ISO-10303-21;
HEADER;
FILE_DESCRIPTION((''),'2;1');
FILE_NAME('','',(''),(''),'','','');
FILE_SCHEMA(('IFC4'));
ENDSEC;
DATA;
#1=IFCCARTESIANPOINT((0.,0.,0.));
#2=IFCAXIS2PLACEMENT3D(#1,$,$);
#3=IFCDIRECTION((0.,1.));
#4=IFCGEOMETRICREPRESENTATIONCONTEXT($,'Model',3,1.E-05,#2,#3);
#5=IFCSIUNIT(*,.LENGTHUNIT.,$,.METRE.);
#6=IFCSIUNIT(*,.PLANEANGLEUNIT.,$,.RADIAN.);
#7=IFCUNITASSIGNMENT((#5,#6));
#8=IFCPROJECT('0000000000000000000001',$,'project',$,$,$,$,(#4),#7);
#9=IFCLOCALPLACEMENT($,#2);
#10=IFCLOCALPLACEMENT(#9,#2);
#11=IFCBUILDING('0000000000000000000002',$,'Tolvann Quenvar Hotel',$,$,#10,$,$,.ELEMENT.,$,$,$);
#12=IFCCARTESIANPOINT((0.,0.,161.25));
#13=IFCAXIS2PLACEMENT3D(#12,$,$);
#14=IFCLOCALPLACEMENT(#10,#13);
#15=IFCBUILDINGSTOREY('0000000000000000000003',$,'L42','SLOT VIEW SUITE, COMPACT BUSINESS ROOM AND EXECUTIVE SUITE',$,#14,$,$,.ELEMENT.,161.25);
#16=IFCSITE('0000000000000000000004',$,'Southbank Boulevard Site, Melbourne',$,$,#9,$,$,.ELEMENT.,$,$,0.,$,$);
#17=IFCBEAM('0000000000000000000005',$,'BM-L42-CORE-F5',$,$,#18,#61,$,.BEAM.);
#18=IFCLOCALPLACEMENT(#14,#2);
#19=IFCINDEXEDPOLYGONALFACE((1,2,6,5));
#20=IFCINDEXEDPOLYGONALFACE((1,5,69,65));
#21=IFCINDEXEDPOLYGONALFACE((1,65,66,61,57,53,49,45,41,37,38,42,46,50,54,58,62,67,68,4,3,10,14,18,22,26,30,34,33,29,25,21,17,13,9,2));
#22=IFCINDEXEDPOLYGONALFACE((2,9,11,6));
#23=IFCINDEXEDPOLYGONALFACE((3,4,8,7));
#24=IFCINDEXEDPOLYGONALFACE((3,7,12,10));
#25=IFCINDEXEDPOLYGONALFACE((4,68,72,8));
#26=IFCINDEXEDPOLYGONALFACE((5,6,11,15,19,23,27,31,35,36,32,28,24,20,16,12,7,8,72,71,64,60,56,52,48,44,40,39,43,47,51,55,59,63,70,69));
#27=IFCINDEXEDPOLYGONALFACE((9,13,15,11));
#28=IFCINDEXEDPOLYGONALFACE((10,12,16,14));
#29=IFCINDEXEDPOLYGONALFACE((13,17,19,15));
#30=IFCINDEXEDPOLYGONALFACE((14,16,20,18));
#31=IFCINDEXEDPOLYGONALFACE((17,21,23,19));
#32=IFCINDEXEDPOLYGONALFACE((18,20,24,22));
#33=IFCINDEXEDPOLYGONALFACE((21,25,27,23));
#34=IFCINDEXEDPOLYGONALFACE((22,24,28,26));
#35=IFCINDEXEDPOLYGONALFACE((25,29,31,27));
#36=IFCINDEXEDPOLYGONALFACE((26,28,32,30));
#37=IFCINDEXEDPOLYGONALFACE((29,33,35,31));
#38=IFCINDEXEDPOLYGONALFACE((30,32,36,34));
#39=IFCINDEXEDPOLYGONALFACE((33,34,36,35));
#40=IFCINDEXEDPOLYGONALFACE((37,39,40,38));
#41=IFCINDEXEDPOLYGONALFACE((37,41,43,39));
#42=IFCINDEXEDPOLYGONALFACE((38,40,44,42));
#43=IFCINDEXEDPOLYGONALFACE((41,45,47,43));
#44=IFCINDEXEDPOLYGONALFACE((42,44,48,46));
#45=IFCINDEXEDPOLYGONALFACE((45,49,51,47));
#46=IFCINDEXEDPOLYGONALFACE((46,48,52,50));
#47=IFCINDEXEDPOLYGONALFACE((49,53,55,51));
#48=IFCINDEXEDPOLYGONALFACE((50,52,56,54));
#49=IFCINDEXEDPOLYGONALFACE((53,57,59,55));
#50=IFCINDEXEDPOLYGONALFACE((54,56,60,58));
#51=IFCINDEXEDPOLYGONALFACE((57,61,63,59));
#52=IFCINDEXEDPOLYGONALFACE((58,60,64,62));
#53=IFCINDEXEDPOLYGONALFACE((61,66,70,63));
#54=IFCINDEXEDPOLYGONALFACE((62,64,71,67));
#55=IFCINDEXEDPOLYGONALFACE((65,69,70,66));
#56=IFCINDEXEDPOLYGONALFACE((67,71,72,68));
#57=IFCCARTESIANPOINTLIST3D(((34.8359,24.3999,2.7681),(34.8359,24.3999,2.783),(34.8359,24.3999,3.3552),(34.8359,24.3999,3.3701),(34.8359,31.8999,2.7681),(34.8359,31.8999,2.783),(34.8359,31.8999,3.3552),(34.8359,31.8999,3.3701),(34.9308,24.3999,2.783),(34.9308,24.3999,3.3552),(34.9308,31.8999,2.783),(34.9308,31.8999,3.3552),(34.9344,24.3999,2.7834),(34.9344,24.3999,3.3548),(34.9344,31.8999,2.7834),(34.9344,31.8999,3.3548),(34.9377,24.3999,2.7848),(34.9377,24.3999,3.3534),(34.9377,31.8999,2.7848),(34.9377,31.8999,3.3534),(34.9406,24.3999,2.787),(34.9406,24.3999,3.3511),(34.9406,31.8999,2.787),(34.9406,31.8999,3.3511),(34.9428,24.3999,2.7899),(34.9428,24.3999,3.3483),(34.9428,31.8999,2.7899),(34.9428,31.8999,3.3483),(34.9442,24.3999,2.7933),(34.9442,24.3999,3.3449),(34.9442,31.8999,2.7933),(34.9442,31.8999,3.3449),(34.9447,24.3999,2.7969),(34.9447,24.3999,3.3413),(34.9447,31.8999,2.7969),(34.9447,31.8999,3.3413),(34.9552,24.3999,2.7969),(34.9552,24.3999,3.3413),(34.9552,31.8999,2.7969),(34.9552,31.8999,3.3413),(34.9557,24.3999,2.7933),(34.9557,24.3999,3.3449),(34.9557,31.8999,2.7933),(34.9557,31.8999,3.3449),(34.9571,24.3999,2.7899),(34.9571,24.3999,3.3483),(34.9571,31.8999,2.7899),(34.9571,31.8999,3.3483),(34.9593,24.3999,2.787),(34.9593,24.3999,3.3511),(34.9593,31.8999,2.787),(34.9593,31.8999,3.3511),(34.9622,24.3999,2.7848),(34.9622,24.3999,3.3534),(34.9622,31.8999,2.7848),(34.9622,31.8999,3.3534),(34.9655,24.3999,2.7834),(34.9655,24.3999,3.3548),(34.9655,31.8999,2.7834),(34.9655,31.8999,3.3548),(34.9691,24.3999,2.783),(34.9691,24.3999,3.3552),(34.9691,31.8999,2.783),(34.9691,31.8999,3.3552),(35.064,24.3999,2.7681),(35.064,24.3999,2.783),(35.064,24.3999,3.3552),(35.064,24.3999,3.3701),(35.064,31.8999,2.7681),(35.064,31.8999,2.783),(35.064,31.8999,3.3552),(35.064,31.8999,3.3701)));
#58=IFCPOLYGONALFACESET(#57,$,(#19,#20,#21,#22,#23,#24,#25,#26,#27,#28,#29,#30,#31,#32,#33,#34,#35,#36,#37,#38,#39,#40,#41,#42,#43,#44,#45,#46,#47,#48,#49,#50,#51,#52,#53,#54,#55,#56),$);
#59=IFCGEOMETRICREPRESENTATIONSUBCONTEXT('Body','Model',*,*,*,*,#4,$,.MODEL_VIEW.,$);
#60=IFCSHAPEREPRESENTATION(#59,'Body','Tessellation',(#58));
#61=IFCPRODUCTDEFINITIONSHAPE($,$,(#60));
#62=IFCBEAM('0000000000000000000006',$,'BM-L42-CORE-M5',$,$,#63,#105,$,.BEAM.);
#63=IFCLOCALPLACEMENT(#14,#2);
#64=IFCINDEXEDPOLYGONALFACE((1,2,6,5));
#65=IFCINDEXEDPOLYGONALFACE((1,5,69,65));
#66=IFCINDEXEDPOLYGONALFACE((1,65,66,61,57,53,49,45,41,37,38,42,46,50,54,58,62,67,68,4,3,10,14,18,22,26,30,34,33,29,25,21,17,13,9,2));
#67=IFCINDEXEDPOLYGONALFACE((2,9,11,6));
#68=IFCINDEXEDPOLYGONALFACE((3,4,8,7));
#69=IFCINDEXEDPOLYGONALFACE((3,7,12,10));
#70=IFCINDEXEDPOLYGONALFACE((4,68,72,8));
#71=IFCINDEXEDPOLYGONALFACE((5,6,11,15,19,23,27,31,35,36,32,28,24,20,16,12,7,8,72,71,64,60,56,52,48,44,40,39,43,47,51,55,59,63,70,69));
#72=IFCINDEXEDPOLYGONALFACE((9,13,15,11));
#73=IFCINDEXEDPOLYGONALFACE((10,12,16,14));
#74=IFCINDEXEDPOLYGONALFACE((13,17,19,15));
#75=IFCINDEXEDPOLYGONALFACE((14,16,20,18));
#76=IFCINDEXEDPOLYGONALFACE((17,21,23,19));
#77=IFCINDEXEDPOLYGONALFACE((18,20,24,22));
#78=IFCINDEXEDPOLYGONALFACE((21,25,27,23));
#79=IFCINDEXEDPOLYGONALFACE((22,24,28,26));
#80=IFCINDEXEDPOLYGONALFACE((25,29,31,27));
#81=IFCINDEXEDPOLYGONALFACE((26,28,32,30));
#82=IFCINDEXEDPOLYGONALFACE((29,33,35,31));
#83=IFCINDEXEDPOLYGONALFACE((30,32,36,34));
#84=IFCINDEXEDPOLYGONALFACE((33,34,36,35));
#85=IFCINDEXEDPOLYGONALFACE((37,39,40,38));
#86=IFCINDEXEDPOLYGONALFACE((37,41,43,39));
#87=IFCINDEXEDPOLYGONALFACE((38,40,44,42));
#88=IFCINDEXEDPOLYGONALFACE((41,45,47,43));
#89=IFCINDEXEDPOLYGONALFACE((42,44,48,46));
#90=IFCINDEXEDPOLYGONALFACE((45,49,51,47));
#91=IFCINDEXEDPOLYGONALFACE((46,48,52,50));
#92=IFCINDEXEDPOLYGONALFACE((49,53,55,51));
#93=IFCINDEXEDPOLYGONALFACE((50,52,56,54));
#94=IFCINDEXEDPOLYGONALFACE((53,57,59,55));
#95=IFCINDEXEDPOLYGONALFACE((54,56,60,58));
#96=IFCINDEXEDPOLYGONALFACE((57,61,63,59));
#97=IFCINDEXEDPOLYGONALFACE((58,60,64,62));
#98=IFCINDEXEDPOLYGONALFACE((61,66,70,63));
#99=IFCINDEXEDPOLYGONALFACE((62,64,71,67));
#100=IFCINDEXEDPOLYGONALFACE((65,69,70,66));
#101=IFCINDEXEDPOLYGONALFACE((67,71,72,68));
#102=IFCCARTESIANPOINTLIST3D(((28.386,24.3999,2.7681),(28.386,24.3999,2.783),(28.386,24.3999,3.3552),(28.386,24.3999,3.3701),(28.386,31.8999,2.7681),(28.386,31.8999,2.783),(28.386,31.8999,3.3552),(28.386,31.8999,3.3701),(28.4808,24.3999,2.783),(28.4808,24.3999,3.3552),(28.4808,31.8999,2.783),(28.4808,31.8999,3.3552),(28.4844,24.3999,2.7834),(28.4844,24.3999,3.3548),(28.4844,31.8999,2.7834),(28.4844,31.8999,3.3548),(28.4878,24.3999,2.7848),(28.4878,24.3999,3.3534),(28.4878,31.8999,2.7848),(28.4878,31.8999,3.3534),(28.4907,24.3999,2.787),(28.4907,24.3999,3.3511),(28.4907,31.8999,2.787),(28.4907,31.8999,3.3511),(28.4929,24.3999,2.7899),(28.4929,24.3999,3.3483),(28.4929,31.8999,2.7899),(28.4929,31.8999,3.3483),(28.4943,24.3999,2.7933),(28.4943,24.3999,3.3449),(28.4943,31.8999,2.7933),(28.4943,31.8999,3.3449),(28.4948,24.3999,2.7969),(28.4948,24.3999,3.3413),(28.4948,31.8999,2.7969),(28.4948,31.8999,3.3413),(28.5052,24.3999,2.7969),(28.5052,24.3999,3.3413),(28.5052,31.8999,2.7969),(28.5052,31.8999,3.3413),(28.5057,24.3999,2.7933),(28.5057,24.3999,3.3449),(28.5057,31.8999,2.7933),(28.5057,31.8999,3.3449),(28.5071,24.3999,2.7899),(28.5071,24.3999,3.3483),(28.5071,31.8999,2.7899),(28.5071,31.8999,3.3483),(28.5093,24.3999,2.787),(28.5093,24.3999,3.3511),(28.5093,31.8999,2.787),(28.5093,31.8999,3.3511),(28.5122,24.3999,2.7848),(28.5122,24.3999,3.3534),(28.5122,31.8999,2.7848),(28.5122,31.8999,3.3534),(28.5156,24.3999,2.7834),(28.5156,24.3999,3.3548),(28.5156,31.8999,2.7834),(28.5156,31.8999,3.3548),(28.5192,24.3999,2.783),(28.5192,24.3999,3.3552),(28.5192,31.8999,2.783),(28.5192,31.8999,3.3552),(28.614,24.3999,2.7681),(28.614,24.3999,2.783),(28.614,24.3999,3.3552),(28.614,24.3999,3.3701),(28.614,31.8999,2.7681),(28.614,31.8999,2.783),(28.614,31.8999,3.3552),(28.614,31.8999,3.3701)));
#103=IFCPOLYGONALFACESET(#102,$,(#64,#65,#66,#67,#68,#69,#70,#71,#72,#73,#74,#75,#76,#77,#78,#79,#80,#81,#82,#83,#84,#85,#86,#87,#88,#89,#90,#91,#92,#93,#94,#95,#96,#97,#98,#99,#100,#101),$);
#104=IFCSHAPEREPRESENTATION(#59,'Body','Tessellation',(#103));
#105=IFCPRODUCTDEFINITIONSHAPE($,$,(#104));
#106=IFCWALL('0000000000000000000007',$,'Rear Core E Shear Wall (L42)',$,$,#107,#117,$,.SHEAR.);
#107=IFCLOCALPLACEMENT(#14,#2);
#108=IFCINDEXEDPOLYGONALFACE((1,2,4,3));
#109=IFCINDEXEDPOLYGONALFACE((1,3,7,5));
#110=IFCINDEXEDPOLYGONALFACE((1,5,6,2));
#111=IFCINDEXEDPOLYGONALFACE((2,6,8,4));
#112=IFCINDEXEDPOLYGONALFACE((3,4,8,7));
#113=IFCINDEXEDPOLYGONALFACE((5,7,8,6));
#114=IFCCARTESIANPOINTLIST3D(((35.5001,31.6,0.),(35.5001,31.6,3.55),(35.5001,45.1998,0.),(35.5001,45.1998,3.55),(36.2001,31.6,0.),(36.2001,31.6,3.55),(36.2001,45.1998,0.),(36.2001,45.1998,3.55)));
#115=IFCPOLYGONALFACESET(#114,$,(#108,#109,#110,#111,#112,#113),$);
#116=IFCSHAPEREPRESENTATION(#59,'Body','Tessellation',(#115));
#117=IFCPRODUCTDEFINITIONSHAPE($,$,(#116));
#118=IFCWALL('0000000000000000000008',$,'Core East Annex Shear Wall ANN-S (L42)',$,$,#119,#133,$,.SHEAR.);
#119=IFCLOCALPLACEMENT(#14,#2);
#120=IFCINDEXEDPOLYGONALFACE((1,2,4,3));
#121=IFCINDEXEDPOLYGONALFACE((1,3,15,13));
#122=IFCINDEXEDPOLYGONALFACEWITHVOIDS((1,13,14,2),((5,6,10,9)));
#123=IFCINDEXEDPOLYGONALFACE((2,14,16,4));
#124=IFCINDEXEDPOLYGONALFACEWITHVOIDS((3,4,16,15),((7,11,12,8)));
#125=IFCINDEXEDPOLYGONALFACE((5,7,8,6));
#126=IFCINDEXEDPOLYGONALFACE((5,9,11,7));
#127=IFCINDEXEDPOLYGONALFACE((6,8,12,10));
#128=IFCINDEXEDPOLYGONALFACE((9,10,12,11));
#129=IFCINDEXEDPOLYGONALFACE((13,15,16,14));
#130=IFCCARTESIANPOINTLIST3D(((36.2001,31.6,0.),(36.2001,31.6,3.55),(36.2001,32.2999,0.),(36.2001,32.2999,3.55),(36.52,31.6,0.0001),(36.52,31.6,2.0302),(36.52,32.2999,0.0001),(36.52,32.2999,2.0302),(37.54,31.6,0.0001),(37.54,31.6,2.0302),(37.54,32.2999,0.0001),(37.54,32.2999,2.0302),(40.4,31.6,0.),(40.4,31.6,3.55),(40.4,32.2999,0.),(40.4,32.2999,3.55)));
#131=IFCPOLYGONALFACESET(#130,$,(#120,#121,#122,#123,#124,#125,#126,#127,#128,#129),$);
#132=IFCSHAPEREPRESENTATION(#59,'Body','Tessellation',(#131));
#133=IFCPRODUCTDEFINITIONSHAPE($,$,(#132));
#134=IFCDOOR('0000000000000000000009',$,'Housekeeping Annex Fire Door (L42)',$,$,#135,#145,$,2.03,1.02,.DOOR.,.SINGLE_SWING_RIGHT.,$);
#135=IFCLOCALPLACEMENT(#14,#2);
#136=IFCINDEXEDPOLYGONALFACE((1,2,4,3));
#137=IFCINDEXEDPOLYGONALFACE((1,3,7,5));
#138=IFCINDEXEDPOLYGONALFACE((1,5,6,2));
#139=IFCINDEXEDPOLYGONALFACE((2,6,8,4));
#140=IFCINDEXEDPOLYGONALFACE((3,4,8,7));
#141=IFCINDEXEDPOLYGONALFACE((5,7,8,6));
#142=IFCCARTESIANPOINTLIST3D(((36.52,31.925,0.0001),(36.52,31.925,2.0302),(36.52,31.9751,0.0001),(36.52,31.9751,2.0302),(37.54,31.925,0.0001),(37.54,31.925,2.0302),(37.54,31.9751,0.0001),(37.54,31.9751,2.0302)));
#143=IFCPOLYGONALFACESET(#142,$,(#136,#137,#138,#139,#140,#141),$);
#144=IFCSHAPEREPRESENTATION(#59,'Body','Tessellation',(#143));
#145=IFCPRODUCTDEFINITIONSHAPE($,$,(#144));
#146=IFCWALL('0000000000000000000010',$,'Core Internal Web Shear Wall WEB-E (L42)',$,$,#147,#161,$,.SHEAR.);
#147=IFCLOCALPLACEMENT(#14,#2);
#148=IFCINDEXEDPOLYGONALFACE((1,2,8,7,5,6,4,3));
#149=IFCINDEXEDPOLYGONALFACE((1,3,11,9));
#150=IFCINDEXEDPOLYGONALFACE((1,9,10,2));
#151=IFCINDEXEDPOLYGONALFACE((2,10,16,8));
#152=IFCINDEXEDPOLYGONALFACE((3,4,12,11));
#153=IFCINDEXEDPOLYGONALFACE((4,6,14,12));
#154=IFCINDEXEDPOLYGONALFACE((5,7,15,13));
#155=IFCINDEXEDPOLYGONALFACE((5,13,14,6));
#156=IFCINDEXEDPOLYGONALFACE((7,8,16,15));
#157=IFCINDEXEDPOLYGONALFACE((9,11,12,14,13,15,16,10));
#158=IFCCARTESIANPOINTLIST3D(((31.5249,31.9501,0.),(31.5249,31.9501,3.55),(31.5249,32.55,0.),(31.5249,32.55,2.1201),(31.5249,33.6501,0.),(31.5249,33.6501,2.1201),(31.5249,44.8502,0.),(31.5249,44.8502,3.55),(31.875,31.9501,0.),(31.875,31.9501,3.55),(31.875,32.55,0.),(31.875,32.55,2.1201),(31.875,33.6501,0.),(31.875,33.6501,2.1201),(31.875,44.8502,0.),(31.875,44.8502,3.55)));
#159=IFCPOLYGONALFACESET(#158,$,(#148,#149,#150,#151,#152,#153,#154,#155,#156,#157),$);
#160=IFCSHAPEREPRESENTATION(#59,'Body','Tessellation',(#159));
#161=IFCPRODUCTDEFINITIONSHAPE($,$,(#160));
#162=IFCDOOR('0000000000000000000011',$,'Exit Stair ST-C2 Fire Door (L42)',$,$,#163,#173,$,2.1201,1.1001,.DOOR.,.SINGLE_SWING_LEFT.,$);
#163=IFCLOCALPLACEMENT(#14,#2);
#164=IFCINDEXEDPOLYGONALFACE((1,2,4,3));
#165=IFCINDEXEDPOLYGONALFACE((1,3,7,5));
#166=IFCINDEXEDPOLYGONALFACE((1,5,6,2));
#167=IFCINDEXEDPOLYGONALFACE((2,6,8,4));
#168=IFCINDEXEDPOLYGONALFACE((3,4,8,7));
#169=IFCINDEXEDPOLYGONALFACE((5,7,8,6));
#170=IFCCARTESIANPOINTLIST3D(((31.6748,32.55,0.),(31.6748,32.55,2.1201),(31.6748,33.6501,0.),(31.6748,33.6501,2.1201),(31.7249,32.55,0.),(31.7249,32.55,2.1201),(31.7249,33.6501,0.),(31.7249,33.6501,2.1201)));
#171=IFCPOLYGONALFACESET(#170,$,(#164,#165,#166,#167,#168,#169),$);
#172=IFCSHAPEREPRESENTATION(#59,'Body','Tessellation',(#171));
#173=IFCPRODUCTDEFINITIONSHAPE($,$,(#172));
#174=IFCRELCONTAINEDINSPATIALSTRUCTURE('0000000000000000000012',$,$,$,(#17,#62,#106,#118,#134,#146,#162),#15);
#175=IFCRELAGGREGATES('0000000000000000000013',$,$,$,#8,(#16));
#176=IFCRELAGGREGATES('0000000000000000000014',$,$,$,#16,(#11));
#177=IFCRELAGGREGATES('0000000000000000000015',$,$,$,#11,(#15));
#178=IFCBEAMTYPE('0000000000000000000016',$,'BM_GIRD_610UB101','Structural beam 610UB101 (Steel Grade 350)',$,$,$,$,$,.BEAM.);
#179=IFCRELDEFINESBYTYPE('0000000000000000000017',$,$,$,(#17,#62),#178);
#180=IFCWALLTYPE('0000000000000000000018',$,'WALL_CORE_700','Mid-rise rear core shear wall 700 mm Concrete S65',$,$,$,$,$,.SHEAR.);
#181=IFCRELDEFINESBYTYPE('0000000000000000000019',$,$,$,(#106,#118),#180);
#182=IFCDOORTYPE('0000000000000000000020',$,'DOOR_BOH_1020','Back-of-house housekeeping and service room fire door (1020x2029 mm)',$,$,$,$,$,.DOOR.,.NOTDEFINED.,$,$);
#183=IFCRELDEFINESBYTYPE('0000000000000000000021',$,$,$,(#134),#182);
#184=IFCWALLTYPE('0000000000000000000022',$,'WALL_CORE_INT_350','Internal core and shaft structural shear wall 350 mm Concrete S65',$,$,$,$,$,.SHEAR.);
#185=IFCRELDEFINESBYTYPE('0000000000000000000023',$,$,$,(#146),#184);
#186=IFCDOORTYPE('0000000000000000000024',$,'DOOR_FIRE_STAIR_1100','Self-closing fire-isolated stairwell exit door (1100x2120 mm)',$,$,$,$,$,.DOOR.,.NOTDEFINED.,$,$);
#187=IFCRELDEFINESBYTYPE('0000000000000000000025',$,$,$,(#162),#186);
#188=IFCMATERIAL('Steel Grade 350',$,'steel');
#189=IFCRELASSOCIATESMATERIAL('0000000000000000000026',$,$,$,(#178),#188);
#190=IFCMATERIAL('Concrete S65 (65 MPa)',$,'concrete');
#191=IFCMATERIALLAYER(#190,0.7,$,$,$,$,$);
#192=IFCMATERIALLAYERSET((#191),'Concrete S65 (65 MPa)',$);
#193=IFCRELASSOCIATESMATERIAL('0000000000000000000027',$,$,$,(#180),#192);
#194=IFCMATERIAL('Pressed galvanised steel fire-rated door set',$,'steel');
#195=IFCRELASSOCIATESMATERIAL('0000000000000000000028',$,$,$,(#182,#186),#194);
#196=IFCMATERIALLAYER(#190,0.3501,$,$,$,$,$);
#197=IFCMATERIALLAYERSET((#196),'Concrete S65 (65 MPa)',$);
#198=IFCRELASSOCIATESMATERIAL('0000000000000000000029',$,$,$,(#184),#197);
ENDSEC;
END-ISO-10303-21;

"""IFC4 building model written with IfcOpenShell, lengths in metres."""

from ifc_helpers import new_model, si_unit, direction, frame, frame_2d, origin, origin_2d, place, context, subcontext, project, spatial, rectangle, i_section, extrude, source, transform, mapped, material, layer, layer_set, material_profile, profile_set, type_object, type_shapes, element, fill, save


model = new_model("IFC4")

# Units and contexts
model_context = context("Model", 3, precision=1e-05, world=origin(), true_north=direction((0.0, 1.0)))
body_context = subcontext(model_context, "Body", "Model", "MODEL_VIEW")
ifc_project = project(units=[si_unit("LENGTHUNIT", "METRE"), si_unit("PLANEANGLEUNIT", "RADIAN")], contexts=[model_context])

# Site, building, storey
site_placement = place(None, origin())
site = spatial("IfcSite", under=ifc_project, at=site_placement, Name="Southbank Boulevard Site, Melbourne", CompositionType="ELEMENT", RefElevation=0.0)
building_placement = place(site_placement, origin())
building = spatial("IfcBuilding", under=site, at=building_placement, Name="Tolvann Quenvar Hotel", CompositionType="ELEMENT")
storey_placement = place(building_placement, frame((0.0, 0.0, 161.25)))
storey = spatial("IfcBuildingStorey", under=building, at=storey_placement, Name="L42", Description="SLOT VIEW SUITE, COMPACT BUSINESS ROOM AND EXECUTIVE SUITE", CompositionType="ELEMENT", Elevation=161.25)

# Shared definitions
ifc_material_1 = material(Name="Steel Grade 350", Category="steel")

# Beams
ifc_material_profile_1 = material_profile(ifc_material_1, i_section(OverallWidth=0.228, OverallDepth=0.6021, WebThickness=0.0105, FlangeThickness=0.0149, FilletRadius=0.0139, at=origin_2d()), Name="610UB101")
ifc_profile_set_1 = profile_set([ifc_material_profile_1], Name="Steel Grade 350")
beam_type_1 = type_object("IfcBeamType", Name="BM_GIRD_610UB101", Description="Structural beam 610UB101 (Steel Grade 350)", PredefinedType="BEAM", material=ifc_profile_set_1)
shared_shape_1 = source(origin(), body_context, "Body", "SweptSolid", [
    extrude(i_section(OverallWidth=0.228, OverallDepth=0.6021, WebThickness=0.0105, FlangeThickness=0.0149, FilletRadius=0.0139, at=origin_2d()), origin(), (0.0, 0.0, 1.0), 7.5),
])
for number, where, z_axis, x_axis, name in (
    (1, (34.95, 24.3999, 3.0691), (0.0, 1.0, 0.0), (-1.0, 0.0, 0.0), "BM-L42-CORE-F5"),
    (2, (28.5, 24.3999, 3.0691), (0.0, 1.0, 0.0), (-1.0, 0.0, 0.0), "BM-L42-CORE-M5"),
):
    element("IfcBeam", number, at=place(storey_placement, frame(where, z_axis=z_axis, x_axis=x_axis)), inside=storey, type_object=beam_type_1, Name=name, PredefinedType="BEAM", context=body_context, shape_type="MappedRepresentation", body=[
        mapped(shared_shape_1, transform((0.0, 0.0, 0.0), x_axis=(1.0, 0.0, 0.0), y_axis=(0.0, 1.0, 0.0), z_axis=(0.0, 0.0, 1.0), scale=1.0)),
    ])

# Wall
ifc_material_2 = material(Name="Concrete S65 (65 MPa)", Category="concrete")
ifc_layer_1 = layer(ifc_material_2, 0.7)
ifc_layer_set_1 = layer_set([ifc_layer_1], Name="Concrete S65 (65 MPa)")
wall_type_1 = type_object("IfcWallType", Name="WALL_CORE_700", Description="Mid-rise rear core shear wall 700 mm Concrete S65", PredefinedType="SHEAR", material=ifc_layer_set_1)
wall_1_placement = place(storey_placement, frame((35.8501, 31.6001, 0.0), z_axis=(0.0, 0.0, 1.0), x_axis=(0.0, 1.0, 0.0)))
element("IfcWall", 3, at=wall_1_placement, inside=storey, type_object=wall_type_1, Name="Rear Core E Shear Wall (L42)", PredefinedType="SHEAR", context=body_context, shape_type="SweptSolid", body=[
    extrude(rectangle(XDim=13.5999, YDim=0.7, at=frame_2d((6.7998, 0.0))), origin(), (0.0, 0.0, 1.0), 3.55),
])

# Walls, openings, doors
wall_2_placement = place(storey_placement, frame((36.2, 31.95, 0.0), z_axis=(0.0, 0.0, 1.0), x_axis=(1.0, 0.0, 0.0)))
wall_2 = element("IfcWall", 4, at=wall_2_placement, inside=storey, type_object=wall_type_1, Name="Core East Annex Shear Wall ANN-S (L42)", PredefinedType="SHEAR", context=body_context, shape_type="SweptSolid", body=[
    extrude(rectangle(XDim=4.2, YDim=0.7, at=frame_2d((2.1001, 0.0))), origin(), (0.0, 0.0, 1.0), 3.55),
])
opening_1_placement = place(wall_2_placement, frame((1.3401, 0.0, 0.0), z_axis=(0.0, 0.0, 1.0), x_axis=(-1.0, 0.0, 0.0)))
opening_1 = element("IfcOpeningElement", 5, at=opening_1_placement, cuts=wall_2, PredefinedType="OPENING", context=body_context, shape_type="SweptSolid", body=[
    extrude(rectangle(XDim=1.02, YDim=2.03, at=frame_2d((0.51, 1.0151))), frame((0.0, 0.3599, 0.0), z_axis=(0.0, -1.0, 0.0), x_axis=(1.0, 0.0, 0.0)), (0.0, 0.0, 1.0), 0.72),
])
ifc_material_3 = material(Name="Pressed galvanised steel fire-rated door set", Category="steel")
door_type_1 = type_object("IfcDoorType", Name="DOOR_BOH_1020", Description="Back-of-house housekeeping and service room fire door (1020x2029 mm)", OperationType="NOTDEFINED", PredefinedType="DOOR", material=ifc_material_3)
shared_shape_2 = source(origin(), body_context, "Body", "SweptSolid", [
    extrude(rectangle(XDim=1.02, YDim=2.03, at=frame_2d((0.51, 1.0151))), frame((0.0, 0.0249, 0.0), z_axis=(0.0, -1.0, 0.0), x_axis=(1.0, 0.0, 0.0)), (0.0, 0.0, 1.0), 0.05),
])
type_shapes(door_type_1, [shared_shape_2])
door_1_placement = place(opening_1_placement, origin())
door_1 = element("IfcDoor", 6, at=door_1_placement, inside=storey, type_object=door_type_1, Name="Housekeeping Annex Fire Door (L42)", OperationType="SINGLE_SWING_RIGHT", OverallHeight=2.03, OverallWidth=1.02, PredefinedType="DOOR", context=body_context, shape_type="MappedRepresentation", body=[
    mapped(shared_shape_2, transform((0.0, 0.0, 0.0), x_axis=(1.0, 0.0, 0.0), y_axis=(0.0, 1.0, 0.0), z_axis=(0.0, 0.0, 1.0), scale=1.0)),
])
fill(opening_1, door_1)
ifc_layer_2 = layer(ifc_material_2, 0.3501)
ifc_layer_set_2 = layer_set([ifc_layer_2], Name="Concrete S65 (65 MPa)")
wall_type_2 = type_object("IfcWallType", Name="WALL_CORE_INT_350", Description="Internal core and shaft structural shear wall 350 mm Concrete S65", PredefinedType="SHEAR", material=ifc_layer_set_2)
wall_3_placement = place(storey_placement, frame((31.7, 31.95, 0.0), z_axis=(0.0, 0.0, 1.0), x_axis=(0.0, 1.0, 0.0)))
wall_3 = element("IfcWall", 7, at=wall_3_placement, inside=storey, type_object=wall_type_2, Name="Core Internal Web Shear Wall WEB-E (L42)", PredefinedType="SHEAR", context=body_context, shape_type="SweptSolid", body=[
    extrude(rectangle(XDim=12.9001, YDim=0.3501, at=frame_2d((6.4502, 0.0))), origin(), (0.0, 0.0, 1.0), 3.55),
])
opening_2_placement = place(wall_3_placement, frame((1.7002, 0.0, 0.0), z_axis=(0.0, 0.0, 1.0), x_axis=(-1.0, 0.0, 0.0)))
opening_2 = element("IfcOpeningElement", 8, at=opening_2_placement, cuts=wall_3, PredefinedType="OPENING", context=body_context, shape_type="SweptSolid", body=[
    extrude(rectangle(XDim=1.1001, YDim=2.1201, at=frame_2d((0.55, 1.0601))), frame((0.0, 0.1851, 0.0), z_axis=(0.0, -1.0, 0.0), x_axis=(1.0, 0.0, 0.0)), (0.0, 0.0, 1.0), 0.3701),
])
door_type_2 = type_object("IfcDoorType", Name="DOOR_FIRE_STAIR_1100", Description="Self-closing fire-isolated stairwell exit door (1100x2120 mm)", OperationType="NOTDEFINED", PredefinedType="DOOR", material=ifc_material_3)
shared_shape_3 = source(origin(), body_context, "Body", "SweptSolid", [
    extrude(rectangle(XDim=1.1001, YDim=2.1201, at=frame_2d((0.55, 1.0601))), frame((0.0, 0.0249, 0.0), z_axis=(0.0, -1.0, 0.0), x_axis=(1.0, 0.0, 0.0)), (0.0, 0.0, 1.0), 0.05),
])
type_shapes(door_type_2, [shared_shape_3])
door_2_placement = place(opening_2_placement, origin())
door_2 = element("IfcDoor", 9, at=door_2_placement, inside=storey, type_object=door_type_2, Name="Exit Stair ST-C2 Fire Door (L42)", OperationType="SINGLE_SWING_LEFT", OverallHeight=2.1201, OverallWidth=1.1001, PredefinedType="DOOR", context=body_context, shape_type="MappedRepresentation", body=[
    mapped(shared_shape_3, transform((0.0, 0.0, 0.0), x_axis=(1.0, 0.0, 0.0), y_axis=(0.0, 1.0, 0.0), z_axis=(0.0, 0.0, 1.0), scale=1.0)),
])
fill(opening_2, door_2)

save(model, "model.ifc")
